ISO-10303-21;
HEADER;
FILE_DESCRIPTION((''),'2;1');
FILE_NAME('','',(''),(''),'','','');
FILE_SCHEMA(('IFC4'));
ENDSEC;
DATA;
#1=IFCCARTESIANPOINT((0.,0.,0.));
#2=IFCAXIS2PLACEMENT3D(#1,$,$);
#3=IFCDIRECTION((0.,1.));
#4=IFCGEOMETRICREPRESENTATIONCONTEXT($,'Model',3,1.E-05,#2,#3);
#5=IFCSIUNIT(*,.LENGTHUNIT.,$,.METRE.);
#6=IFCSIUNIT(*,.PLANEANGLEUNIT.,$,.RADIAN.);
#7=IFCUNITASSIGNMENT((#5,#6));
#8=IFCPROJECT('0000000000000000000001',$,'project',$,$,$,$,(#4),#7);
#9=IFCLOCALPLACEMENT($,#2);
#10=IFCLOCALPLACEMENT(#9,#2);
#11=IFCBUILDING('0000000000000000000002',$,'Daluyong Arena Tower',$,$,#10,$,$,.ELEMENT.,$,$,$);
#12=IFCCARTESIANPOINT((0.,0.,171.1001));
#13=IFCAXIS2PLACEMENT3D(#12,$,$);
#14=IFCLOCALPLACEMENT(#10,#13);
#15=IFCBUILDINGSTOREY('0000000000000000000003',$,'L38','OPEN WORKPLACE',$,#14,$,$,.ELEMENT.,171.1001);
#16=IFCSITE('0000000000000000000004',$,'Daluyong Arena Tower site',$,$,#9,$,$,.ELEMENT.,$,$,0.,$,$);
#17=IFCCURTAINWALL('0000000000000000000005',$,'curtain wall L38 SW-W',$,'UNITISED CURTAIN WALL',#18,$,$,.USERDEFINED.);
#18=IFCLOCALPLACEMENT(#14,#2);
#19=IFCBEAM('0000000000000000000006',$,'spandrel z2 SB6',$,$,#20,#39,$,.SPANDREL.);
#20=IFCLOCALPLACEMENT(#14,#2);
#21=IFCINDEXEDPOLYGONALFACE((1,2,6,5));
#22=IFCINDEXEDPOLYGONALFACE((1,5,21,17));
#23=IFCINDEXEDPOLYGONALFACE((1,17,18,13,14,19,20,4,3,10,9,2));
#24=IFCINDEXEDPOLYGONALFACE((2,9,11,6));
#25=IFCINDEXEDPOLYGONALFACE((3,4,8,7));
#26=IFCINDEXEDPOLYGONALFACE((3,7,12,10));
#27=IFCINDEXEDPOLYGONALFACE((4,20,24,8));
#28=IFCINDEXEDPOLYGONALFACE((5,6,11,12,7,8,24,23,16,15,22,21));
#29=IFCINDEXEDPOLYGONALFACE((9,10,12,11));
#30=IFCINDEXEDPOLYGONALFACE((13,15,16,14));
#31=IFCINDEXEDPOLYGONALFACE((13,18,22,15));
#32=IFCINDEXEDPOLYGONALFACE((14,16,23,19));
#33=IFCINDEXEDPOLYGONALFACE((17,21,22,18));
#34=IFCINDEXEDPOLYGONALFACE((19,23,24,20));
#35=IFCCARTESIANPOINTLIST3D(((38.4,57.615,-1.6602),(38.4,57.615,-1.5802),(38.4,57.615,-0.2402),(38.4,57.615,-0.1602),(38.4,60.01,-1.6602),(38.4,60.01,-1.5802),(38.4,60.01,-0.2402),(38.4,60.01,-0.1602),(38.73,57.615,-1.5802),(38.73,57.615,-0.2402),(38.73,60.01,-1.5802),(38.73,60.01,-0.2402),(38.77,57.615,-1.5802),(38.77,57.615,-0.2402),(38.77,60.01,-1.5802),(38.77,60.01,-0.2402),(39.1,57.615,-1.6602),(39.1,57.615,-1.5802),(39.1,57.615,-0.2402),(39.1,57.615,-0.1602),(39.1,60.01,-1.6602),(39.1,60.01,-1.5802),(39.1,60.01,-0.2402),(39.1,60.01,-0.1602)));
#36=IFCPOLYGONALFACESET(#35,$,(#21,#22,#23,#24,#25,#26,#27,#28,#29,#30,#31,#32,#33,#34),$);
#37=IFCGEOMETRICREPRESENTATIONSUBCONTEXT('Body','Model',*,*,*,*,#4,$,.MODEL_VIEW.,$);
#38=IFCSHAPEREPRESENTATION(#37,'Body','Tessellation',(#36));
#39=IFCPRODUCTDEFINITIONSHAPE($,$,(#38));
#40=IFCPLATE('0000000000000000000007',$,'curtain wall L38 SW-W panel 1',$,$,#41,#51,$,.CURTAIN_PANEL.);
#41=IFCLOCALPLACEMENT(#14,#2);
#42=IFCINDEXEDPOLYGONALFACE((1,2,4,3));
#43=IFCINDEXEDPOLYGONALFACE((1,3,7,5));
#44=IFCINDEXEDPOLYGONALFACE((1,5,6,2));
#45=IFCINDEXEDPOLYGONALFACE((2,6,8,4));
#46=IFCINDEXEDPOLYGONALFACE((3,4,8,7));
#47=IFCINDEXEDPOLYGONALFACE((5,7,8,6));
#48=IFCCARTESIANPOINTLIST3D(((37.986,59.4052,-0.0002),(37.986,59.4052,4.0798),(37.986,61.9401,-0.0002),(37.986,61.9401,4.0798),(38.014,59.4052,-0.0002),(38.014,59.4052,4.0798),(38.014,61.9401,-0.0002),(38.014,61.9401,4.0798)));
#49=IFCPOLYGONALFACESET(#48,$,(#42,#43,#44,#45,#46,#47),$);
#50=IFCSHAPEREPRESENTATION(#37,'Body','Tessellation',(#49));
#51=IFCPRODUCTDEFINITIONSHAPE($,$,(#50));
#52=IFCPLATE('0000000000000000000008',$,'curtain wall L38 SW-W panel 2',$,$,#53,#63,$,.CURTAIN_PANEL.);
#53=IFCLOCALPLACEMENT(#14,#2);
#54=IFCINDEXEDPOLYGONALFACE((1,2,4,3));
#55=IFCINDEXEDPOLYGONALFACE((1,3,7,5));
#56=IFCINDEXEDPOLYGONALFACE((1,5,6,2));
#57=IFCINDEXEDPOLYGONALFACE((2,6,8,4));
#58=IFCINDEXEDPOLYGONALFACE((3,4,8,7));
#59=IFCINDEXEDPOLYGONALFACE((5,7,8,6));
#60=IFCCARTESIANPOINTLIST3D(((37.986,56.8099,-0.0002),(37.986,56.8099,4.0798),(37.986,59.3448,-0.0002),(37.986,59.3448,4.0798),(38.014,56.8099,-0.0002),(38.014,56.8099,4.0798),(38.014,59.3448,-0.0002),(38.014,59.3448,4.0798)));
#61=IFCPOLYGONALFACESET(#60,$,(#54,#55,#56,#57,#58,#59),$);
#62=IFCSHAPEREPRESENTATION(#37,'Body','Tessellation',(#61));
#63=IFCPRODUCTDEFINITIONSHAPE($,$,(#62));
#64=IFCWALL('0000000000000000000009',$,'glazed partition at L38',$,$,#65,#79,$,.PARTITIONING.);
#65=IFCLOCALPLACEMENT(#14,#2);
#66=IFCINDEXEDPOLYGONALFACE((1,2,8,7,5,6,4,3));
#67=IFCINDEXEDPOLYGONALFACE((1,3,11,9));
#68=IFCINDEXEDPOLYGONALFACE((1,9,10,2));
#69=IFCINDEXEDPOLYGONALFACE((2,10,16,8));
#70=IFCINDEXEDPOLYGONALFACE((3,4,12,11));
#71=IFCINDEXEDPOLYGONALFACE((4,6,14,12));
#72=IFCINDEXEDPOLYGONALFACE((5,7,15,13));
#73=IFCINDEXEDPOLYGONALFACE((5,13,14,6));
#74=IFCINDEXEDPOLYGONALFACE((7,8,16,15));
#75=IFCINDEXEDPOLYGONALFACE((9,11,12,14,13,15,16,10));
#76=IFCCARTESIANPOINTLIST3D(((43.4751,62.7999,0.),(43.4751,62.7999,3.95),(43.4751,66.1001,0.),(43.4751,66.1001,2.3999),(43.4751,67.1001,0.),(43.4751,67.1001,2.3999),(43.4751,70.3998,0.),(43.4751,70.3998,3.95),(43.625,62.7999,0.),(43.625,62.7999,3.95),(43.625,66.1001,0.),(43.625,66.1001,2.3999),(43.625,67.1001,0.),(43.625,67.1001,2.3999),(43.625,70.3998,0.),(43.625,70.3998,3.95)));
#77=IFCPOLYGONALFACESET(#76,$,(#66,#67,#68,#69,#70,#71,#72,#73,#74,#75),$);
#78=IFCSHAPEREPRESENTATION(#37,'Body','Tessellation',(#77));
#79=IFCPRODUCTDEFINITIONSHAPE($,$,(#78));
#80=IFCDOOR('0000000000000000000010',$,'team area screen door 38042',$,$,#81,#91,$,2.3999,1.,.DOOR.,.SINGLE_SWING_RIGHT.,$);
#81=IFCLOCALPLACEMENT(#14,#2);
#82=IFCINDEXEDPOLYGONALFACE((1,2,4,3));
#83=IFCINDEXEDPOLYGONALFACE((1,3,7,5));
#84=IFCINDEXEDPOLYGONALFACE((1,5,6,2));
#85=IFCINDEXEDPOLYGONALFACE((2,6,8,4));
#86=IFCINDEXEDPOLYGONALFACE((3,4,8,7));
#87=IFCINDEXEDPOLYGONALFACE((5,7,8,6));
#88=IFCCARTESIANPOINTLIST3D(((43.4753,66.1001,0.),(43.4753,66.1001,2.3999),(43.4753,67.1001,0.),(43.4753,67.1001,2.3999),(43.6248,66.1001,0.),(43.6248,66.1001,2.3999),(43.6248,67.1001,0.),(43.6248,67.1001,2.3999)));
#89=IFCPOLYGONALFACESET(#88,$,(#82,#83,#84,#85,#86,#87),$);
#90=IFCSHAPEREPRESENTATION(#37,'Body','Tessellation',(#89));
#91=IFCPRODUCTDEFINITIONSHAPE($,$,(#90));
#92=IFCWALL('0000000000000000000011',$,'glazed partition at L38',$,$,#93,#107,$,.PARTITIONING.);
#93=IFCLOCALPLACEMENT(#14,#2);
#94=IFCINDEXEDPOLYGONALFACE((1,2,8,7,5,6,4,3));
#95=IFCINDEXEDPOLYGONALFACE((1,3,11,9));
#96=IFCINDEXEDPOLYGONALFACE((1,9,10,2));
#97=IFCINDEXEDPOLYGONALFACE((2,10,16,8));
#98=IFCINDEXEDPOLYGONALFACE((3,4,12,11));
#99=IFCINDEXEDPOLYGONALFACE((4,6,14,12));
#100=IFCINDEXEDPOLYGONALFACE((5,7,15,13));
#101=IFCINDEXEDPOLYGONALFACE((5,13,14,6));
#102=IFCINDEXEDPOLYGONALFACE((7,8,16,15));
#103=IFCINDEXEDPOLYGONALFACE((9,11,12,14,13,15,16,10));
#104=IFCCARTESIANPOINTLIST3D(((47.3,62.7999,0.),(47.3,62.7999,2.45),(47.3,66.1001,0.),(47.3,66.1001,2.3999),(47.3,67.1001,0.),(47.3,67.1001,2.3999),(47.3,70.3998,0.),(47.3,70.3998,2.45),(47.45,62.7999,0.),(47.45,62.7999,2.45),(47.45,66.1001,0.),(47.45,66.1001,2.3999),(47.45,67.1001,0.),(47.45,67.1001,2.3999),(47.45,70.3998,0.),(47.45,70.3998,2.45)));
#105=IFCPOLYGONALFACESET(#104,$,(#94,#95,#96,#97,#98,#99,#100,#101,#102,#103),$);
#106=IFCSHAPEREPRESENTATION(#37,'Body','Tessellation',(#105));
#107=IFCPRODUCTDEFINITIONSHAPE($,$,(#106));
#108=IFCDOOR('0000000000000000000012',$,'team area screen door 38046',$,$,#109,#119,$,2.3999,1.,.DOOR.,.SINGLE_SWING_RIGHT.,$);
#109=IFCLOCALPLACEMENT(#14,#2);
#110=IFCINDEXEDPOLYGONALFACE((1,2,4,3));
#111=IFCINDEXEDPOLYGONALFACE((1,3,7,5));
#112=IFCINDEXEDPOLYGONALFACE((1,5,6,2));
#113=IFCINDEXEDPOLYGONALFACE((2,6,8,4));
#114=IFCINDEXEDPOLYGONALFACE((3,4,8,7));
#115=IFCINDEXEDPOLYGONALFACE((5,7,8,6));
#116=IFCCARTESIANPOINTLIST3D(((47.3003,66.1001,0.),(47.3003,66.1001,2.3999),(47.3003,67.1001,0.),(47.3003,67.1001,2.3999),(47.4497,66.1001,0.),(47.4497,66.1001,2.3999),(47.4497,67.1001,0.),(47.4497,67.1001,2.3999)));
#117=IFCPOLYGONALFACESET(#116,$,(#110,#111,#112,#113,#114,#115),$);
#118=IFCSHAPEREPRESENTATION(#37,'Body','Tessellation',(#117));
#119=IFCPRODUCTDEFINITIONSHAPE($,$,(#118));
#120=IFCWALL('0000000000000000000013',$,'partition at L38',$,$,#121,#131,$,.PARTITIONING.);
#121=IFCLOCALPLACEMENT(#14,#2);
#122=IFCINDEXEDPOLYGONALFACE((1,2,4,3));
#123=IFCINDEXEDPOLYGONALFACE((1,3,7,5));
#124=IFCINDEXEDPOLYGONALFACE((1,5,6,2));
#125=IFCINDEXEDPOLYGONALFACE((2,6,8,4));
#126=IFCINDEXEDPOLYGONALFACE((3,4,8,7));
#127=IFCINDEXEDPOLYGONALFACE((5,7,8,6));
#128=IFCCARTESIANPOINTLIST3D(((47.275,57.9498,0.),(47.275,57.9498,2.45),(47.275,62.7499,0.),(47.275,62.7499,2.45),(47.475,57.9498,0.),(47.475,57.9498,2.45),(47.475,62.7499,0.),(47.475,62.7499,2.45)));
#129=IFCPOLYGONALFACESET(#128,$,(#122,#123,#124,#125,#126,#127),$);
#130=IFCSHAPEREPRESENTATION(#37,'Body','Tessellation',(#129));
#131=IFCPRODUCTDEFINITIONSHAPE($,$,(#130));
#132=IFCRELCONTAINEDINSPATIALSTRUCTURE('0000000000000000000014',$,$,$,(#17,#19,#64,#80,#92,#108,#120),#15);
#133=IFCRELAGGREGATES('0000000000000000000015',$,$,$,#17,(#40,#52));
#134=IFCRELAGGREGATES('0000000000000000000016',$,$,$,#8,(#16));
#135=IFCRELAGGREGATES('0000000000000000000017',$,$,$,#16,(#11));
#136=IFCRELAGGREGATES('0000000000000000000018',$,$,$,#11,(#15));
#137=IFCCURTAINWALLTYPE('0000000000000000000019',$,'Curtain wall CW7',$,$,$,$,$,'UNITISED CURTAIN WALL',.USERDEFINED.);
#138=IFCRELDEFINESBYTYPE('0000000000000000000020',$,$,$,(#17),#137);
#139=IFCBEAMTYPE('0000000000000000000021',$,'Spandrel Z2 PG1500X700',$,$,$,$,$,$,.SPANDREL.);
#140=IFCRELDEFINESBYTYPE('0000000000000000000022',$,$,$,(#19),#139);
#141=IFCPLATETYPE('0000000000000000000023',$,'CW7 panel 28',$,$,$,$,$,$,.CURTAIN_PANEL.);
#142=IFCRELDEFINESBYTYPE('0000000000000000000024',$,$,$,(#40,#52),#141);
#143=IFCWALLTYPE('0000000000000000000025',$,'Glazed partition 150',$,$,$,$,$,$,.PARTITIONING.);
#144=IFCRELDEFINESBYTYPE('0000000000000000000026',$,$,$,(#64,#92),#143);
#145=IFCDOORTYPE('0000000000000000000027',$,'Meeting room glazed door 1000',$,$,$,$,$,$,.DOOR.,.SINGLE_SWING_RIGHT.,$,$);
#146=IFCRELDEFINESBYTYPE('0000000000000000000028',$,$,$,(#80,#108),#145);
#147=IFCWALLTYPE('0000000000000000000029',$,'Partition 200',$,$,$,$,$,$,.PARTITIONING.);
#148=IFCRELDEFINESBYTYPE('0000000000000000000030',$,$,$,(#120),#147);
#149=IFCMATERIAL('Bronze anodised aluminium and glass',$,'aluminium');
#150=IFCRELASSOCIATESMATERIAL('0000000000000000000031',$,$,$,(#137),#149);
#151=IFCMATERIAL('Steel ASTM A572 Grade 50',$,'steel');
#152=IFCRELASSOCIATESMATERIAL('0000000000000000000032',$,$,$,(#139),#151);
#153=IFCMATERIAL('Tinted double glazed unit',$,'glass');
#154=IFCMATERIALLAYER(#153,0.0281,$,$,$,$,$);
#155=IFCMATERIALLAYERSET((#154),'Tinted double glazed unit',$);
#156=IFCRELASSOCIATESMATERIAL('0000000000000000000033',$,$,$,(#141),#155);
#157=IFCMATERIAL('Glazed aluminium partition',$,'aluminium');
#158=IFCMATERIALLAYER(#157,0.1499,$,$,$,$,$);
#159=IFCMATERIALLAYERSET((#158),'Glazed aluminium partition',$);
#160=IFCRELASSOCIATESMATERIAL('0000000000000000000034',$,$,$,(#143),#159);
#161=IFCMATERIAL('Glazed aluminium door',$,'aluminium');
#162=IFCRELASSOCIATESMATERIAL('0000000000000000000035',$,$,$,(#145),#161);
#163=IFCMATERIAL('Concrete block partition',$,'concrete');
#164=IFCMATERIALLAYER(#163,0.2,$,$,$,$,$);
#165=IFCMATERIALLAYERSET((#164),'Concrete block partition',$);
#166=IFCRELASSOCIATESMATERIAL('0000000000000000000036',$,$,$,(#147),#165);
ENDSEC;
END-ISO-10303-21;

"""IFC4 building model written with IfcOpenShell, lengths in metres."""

from ifc_helpers import new_model, si_unit, direction, frame, frame_2d, origin, origin_2d, place, context, subcontext, project, spatial, rectangle, i_section, extrude, material, layer, layer_set, material_profile, profile_set, type_object, element, fill, aggregate, save


model = new_model("IFC4")

# Units and contexts
model_context = context("Model", 3, precision=1e-05, world=origin(), true_north=direction((0.0, 1.0)))
body_context = subcontext(model_context, "Body", "Model", "MODEL_VIEW")
ifc_project = project(units=[si_unit("LENGTHUNIT", "METRE"), si_unit("PLANEANGLEUNIT", "RADIAN")], contexts=[model_context])

# Site, building, storey
site_placement = place(None, origin())
site = spatial("IfcSite", under=ifc_project, at=site_placement, Name="Daluyong Arena Tower site", CompositionType="ELEMENT", RefElevation=0.0)
building_placement = place(site_placement, origin())
building = spatial("IfcBuilding", under=site, at=building_placement, Name="Daluyong Arena Tower", CompositionType="ELEMENT")
storey_placement = place(building_placement, frame((0.0, 0.0, 171.1001)))
storey = spatial("IfcBuildingStorey", under=building, at=storey_placement, Name="L38", Description="OPEN WORKPLACE", CompositionType="ELEMENT", Elevation=171.1001)

# Shared definitions
ifc_material_1 = material(Name="Bronze anodised aluminium and glass", Category="aluminium")
curtain_wall_type = type_object("IfcCurtainWallType", Name="Curtain wall CW7", ElementType="UNITISED CURTAIN WALL", PredefinedType="USERDEFINED", material=ifc_material_1)

# Curtain wall
curtain_wall_1_placement = place(storey_placement, origin())
curtain_wall_1 = element("IfcCurtainWall", 1, at=curtain_wall_1_placement, inside=storey, type_object=curtain_wall_type, Name="curtain wall L38 SW-W", ObjectType="UNITISED CURTAIN WALL", PredefinedType="USERDEFINED")

# Beam
ifc_material_2 = material(Name="Steel ASTM A572 Grade 50", Category="steel")
ifc_material_profile_1 = material_profile(ifc_material_2, i_section(OverallWidth=0.7, OverallDepth=1.5, WebThickness=0.04, FlangeThickness=0.08, at=origin_2d()))
ifc_profile_set_1 = profile_set([ifc_material_profile_1], Name="Steel ASTM A572 Grade 50")
beam_type_1 = type_object("IfcBeamType", Name="Spandrel Z2 PG1500X700", PredefinedType="SPANDREL", material=ifc_profile_set_1)
for number, where, z_axis, x_axis, name in (
    (2, (38.75, 60.01, -0.9102), (0.0, -1.0, 0.0), (1.0, 0.0, 0.0), "spandrel z2 SB6"),
):
    element("IfcBeam", number, at=place(storey_placement, frame(where, z_axis=z_axis, x_axis=x_axis)), inside=storey, type_object=beam_type_1, Name=name, PredefinedType="SPANDREL", context=body_context, shape_type="SweptSolid", body=[
        extrude(i_section(OverallWidth=0.7, OverallDepth=1.5, WebThickness=0.04, FlangeThickness=0.08, at=origin_2d()), origin(), (0.0, 0.0, 1.0), 2.395),
    ])

# Plates
ifc_material_3 = material(Name="Tinted double glazed unit", Category="glass")
ifc_layer_1 = layer(ifc_material_3, 0.0281)
ifc_layer_set_1 = layer_set([ifc_layer_1], Name="Tinted double glazed unit")
plate_type = type_object("IfcPlateType", Name="CW7 panel 28", PredefinedType="CURTAIN_PANEL", material=ifc_layer_set_1)
plate_1_placement = place(storey_placement, frame((38.0, 60.6726, -0.0002), z_axis=(0.0, 0.0, 1.0), x_axis=(0.0, -1.0, 0.0)))
plate_1 = element("IfcPlate", 3, at=plate_1_placement, type_object=plate_type, Name="curtain wall L38 SW-W panel 1", PredefinedType="CURTAIN_PANEL", context=body_context, shape_type="SweptSolid", body=[
    extrude(rectangle(XDim=2.5349, YDim=0.0281, at=origin_2d()), origin(), (0.0, 0.0, 1.0), 4.0801),
])
plate_2_placement = place(storey_placement, frame((38.0, 58.0774, -0.0002), z_axis=(0.0, 0.0, 1.0), x_axis=(0.0, -1.0, 0.0)))
plate_2 = element("IfcPlate", 4, at=plate_2_placement, type_object=plate_type, Name="curtain wall L38 SW-W panel 2", PredefinedType="CURTAIN_PANEL", context=body_context, shape_type="SweptSolid", body=[
    extrude(rectangle(XDim=2.5349, YDim=0.0281, at=origin_2d()), origin(), (0.0, 0.0, 1.0), 4.0801),
])
aggregate(curtain_wall_1, [plate_1, plate_2])

# Walls, openings, doors
ifc_material_4 = material(Name="Glazed aluminium partition", Category="aluminium")
ifc_layer_2 = layer(ifc_material_4, 0.1499)
ifc_layer_set_2 = layer_set([ifc_layer_2], Name="Glazed aluminium partition")
wall_type_1 = type_object("IfcWallType", Name="Glazed partition 150", PredefinedType="PARTITIONING", material=ifc_layer_set_2)
ifc_material_5 = material(Name="Glazed aluminium door", Category="aluminium")
door_type_1 = type_object("IfcDoorType", Name="Meeting room glazed door 1000", OperationType="SINGLE_SWING_RIGHT", PredefinedType="DOOR", material=ifc_material_5)
wall_1_placement = place(storey_placement, frame((43.55, 62.8, 0.0), z_axis=(0.0, 0.0, 1.0), x_axis=(0.0, 1.0, 0.0)))
wall_1 = element("IfcWall", 5, at=wall_1_placement, inside=storey, type_object=wall_type_1, Name="glazed partition at L38", PredefinedType="PARTITIONING", context=body_context, shape_type="SweptSolid", body=[
    extrude(rectangle(XDim=7.5999, YDim=0.1499, at=frame_2d((3.7998, 0.0))), origin(), (0.0, 0.0, 1.0), 3.95),
])
opening_1_placement = place(wall_1_placement, frame((3.3, 0.0, 0.0)))
opening_1 = element("IfcOpeningElement", 6, at=opening_1_placement, cuts=wall_1, PredefinedType="OPENING", context=body_context, shape_type="SweptSolid", body=[
    extrude(rectangle(XDim=1.0, YDim=2.3999, at=frame_2d((0.5, 1.2))), frame((0.0, 0.085, 0.0), z_axis=(0.0, -1.0, 0.0), x_axis=(1.0, 0.0, 0.0)), (0.0, 0.0, 1.0), 0.1699),
])
door_1_placement = place(opening_1_placement, origin())
door_1 = element("IfcDoor", 7, at=door_1_placement, inside=storey, type_object=door_type_1, Name="team area screen door 38042", OperationType="SINGLE_SWING_RIGHT", OverallHeight=2.3999, OverallWidth=1.0, PredefinedType="DOOR", context=body_context, shape_type="SweptSolid", body=[
    extrude(rectangle(XDim=1.0, YDim=2.3999, at=frame_2d((0.5, 1.2))), frame((0.0, 0.0747, 0.0), z_axis=(0.0, -1.0, 0.0), x_axis=(1.0, 0.0, 0.0)), (0.0, 0.0, 1.0), 0.1494),
])
fill(opening_1, door_1)
wall_2_placement = place(storey_placement, frame((47.375, 62.8, 0.0), z_axis=(0.0, 0.0, 1.0), x_axis=(0.0, 1.0, 0.0)))
wall_2 = element("IfcWall", 8, at=wall_2_placement, inside=storey, type_object=wall_type_1, Name="glazed partition at L38", PredefinedType="PARTITIONING", context=body_context, shape_type="SweptSolid", body=[
    extrude(rectangle(XDim=7.5999, YDim=0.1499, at=frame_2d((3.7998, 0.0))), origin(), (0.0, 0.0, 1.0), 2.45),
])
opening_2_placement = place(wall_2_placement, frame((3.3, 0.0, 0.0)))
opening_2 = element("IfcOpeningElement", 9, at=opening_2_placement, cuts=wall_2, PredefinedType="OPENING", context=body_context, shape_type="SweptSolid", body=[
    extrude(rectangle(XDim=1.0, YDim=2.3999, at=frame_2d((0.5, 1.2))), frame((0.0, 0.085, 0.0), z_axis=(0.0, -1.0, 0.0), x_axis=(1.0, 0.0, 0.0)), (0.0, 0.0, 1.0), 0.1699),
])
door_2_placement = place(opening_2_placement, origin())
door_2 = element("IfcDoor", 10, at=door_2_placement, inside=storey, type_object=door_type_1, Name="team area screen door 38046", OperationType="SINGLE_SWING_RIGHT", OverallHeight=2.3999, OverallWidth=1.0, PredefinedType="DOOR", context=body_context, shape_type="SweptSolid", body=[
    extrude(rectangle(XDim=1.0, YDim=2.3999, at=frame_2d((0.5, 1.2))), frame((0.0, 0.0747, 0.0), z_axis=(0.0, -1.0, 0.0), x_axis=(1.0, 0.0, 0.0)), (0.0, 0.0, 1.0), 0.1494),
])
fill(opening_2, door_2)

# Wall
ifc_material_6 = material(Name="Concrete block partition", Category="concrete")
ifc_layer_3 = layer(ifc_material_6, 0.2)
ifc_layer_set_3 = layer_set([ifc_layer_3], Name="Concrete block partition")
wall_type_2 = type_object("IfcWallType", Name="Partition 200", PredefinedType="PARTITIONING", material=ifc_layer_set_3)
wall_3_placement = place(storey_placement, frame((47.375, 57.95, 0.0), z_axis=(0.0, 0.0, 1.0), x_axis=(0.0, 1.0, 0.0)))
element("IfcWall", 11, at=wall_3_placement, inside=storey, type_object=wall_type_2, Name="partition at L38", PredefinedType="PARTITIONING", context=body_context, shape_type="SweptSolid", body=[
    extrude(rectangle(XDim=4.8, YDim=0.2, at=frame_2d((2.3999, 0.0))), origin(), (0.0, 0.0, 1.0), 2.45),
])

save(model, "model.ifc")
